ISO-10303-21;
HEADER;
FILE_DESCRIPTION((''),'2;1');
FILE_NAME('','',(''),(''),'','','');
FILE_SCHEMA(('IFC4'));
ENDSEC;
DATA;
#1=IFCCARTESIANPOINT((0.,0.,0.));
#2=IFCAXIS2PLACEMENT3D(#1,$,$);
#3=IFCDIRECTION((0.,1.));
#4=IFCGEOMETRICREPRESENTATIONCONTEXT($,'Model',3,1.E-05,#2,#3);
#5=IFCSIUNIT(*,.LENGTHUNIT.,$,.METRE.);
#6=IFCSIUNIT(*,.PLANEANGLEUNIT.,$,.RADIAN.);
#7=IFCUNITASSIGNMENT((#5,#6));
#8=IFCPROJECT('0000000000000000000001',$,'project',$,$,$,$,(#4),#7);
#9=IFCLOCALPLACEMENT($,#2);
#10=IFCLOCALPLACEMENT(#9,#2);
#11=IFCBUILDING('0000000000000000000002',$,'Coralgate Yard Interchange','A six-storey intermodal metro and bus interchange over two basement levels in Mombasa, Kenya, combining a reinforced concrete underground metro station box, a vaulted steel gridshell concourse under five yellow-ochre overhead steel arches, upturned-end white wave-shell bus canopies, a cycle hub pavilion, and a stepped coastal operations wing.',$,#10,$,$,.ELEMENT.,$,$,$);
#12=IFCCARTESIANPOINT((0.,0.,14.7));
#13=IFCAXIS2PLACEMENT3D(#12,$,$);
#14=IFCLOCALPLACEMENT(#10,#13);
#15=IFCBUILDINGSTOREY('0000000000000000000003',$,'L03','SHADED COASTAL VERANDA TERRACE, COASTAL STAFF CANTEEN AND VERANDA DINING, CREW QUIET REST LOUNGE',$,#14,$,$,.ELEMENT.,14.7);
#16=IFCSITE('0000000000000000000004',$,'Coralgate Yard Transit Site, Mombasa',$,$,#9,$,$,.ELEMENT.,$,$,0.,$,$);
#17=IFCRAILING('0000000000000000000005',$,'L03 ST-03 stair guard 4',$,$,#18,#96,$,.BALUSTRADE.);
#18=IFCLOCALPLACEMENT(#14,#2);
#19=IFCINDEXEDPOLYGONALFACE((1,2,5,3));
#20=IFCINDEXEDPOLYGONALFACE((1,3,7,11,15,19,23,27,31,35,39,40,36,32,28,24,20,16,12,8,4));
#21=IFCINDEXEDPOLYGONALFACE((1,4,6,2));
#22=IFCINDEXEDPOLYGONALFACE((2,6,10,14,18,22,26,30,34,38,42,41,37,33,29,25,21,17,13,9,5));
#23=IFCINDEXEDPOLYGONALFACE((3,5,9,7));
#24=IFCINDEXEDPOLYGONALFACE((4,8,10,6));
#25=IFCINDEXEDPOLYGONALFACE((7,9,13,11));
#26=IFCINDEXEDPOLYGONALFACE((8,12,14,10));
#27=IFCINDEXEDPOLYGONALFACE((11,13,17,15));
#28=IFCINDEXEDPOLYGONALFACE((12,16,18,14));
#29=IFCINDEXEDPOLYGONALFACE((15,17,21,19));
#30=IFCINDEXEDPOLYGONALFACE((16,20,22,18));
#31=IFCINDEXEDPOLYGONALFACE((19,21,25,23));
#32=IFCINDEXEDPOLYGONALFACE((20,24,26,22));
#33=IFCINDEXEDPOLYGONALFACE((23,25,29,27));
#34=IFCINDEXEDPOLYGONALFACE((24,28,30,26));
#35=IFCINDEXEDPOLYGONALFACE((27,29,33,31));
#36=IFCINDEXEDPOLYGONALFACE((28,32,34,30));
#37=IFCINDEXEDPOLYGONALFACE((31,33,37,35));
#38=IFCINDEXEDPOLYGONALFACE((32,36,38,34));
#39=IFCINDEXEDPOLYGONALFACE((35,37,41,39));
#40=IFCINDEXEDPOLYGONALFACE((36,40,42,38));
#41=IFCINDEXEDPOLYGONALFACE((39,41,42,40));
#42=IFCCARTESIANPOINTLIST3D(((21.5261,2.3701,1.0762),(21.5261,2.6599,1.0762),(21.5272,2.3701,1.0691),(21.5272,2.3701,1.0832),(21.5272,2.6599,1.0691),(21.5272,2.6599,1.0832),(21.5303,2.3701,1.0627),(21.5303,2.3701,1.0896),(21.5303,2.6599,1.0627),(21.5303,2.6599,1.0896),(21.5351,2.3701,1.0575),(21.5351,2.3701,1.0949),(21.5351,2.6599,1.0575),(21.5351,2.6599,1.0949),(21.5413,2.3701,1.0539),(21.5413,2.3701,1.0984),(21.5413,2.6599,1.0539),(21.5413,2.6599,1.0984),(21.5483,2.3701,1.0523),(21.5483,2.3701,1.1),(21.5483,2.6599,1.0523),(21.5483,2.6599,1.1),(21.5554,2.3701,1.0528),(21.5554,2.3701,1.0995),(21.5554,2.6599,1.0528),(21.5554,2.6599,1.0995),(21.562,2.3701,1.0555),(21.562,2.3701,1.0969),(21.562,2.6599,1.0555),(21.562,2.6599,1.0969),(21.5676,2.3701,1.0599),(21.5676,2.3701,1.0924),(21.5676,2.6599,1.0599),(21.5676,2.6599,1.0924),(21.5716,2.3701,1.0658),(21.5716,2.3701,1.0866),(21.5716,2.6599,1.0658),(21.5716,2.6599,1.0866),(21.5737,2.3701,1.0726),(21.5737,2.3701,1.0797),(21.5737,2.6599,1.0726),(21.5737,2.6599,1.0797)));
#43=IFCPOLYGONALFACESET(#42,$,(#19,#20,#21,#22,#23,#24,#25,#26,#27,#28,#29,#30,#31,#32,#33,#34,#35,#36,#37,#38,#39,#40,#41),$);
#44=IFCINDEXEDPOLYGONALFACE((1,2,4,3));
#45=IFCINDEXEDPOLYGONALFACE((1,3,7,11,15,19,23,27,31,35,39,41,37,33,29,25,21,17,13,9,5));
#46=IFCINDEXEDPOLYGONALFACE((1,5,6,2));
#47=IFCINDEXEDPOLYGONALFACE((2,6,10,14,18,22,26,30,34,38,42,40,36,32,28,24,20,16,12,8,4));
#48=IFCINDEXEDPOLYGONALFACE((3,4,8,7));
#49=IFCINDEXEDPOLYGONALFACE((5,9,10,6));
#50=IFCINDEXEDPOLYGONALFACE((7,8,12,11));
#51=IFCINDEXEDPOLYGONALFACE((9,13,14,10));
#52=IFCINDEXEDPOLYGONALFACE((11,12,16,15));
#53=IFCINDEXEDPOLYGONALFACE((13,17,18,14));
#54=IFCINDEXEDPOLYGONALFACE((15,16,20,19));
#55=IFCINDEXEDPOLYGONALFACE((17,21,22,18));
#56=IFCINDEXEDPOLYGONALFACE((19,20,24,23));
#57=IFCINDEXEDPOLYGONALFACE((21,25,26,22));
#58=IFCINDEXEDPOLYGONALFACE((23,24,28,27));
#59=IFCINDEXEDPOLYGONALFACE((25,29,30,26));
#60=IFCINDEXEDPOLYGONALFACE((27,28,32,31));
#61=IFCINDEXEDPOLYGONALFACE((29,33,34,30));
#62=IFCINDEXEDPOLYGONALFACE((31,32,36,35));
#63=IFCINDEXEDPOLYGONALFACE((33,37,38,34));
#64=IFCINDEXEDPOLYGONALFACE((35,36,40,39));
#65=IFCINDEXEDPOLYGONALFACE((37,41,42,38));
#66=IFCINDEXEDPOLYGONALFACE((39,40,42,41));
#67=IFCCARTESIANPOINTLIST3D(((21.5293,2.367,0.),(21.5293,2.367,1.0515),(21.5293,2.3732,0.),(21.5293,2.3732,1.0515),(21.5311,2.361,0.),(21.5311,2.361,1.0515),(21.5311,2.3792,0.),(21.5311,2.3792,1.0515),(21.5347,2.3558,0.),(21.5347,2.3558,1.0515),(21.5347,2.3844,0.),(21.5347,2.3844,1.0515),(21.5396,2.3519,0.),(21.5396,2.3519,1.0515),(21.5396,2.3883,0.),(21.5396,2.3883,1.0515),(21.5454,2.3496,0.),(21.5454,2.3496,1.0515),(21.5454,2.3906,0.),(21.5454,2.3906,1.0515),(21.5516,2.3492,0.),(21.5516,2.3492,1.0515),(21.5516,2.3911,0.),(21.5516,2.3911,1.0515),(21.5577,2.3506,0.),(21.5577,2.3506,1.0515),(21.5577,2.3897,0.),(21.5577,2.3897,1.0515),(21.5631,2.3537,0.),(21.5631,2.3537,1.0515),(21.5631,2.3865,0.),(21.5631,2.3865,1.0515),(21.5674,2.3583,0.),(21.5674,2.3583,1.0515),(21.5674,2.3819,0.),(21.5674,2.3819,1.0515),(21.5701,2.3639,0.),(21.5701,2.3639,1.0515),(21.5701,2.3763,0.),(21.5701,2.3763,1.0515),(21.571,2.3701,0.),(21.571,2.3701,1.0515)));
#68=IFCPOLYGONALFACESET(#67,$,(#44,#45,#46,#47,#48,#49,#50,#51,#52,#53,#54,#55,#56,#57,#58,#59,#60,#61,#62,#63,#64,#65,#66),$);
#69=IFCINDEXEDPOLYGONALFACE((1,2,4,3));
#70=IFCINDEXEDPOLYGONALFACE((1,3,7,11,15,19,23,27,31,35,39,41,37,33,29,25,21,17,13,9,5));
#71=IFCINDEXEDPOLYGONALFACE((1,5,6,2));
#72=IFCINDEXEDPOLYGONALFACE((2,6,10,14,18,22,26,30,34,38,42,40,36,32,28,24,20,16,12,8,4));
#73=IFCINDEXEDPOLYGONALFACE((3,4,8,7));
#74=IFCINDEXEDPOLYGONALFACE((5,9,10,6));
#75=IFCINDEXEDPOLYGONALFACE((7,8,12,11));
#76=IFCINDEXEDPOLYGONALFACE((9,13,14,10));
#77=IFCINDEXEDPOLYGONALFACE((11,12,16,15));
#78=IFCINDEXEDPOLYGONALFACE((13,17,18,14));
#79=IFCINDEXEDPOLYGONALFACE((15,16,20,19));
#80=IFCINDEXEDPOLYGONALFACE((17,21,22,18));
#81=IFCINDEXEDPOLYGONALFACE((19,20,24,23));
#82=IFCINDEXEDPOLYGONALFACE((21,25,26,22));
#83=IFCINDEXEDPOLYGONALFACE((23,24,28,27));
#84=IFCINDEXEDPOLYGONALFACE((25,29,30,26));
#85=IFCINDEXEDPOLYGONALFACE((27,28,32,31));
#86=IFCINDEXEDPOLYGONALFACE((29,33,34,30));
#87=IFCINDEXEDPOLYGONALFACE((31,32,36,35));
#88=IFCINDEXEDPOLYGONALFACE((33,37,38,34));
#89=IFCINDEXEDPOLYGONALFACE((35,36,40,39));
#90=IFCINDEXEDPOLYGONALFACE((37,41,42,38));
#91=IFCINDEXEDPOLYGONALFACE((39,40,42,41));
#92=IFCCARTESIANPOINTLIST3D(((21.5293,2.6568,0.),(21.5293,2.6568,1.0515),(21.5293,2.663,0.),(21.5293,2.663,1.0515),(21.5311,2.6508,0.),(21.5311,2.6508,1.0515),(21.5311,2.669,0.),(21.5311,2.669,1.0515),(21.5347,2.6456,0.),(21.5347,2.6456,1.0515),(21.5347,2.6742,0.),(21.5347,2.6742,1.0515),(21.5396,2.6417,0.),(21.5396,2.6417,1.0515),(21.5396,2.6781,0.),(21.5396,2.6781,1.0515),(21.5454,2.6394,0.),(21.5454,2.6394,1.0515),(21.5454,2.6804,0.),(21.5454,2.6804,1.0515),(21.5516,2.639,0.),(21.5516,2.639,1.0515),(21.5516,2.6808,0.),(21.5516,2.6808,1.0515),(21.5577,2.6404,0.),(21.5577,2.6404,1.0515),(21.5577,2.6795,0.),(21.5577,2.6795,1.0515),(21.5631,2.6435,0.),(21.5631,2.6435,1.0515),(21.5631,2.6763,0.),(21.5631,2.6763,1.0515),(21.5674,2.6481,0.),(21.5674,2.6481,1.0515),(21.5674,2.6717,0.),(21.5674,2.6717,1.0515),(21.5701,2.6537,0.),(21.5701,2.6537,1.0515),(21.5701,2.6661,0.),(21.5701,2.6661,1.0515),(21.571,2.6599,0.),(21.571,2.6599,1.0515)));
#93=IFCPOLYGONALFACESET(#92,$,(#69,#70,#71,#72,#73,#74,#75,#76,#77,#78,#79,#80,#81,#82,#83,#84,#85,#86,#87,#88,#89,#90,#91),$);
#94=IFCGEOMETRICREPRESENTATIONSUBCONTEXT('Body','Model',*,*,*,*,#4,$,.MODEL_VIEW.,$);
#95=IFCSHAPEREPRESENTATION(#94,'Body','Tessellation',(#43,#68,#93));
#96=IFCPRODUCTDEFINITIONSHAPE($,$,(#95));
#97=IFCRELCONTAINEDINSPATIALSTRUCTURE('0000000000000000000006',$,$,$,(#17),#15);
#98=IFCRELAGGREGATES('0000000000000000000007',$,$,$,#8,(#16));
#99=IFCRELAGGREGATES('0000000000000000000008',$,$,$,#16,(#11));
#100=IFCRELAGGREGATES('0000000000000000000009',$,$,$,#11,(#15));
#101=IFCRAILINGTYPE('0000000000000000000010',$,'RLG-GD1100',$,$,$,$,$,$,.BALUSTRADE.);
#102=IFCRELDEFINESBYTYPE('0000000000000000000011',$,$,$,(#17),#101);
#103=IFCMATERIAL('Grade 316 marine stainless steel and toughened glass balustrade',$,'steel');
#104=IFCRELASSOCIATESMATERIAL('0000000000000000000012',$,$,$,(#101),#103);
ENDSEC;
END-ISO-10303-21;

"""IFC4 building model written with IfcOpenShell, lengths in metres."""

from ifc_helpers import new_model, si_unit, direction, frame, origin, origin_2d, place, context, subcontext, project, spatial, circle, extrude, material, type_object, element, save


model = new_model("IFC4")

# Units and contexts
model_context = context("Model", 3, precision=1e-05, world=origin(), true_north=direction((0.0, 1.0)))
body_context = subcontext(model_context, "Body", "Model", "MODEL_VIEW")
ifc_project = project(units=[si_unit("LENGTHUNIT", "METRE"), si_unit("PLANEANGLEUNIT", "RADIAN")], contexts=[model_context])

# Site, building, storey
site_placement = place(None, origin())
site = spatial("IfcSite", under=ifc_project, at=site_placement, Name="Coralgate Yard Transit Site, Mombasa", CompositionType="ELEMENT", RefElevation=0.0)
building_placement = place(site_placement, origin())
building = spatial("IfcBuilding", under=site, at=building_placement, Name="Coralgate Yard Interchange", Description="A six-storey intermodal metro and bus interchange over two basement levels in Mombasa, Kenya, combining a reinforced concrete underground metro station box, a vaulted steel gridshell concourse under five yellow-ochre overhead steel arches, upturned-end white wave-shell bus canopies, a cycle hub pavilion, and a stepped coastal operations wing.", CompositionType="ELEMENT")
storey_placement = place(building_placement, frame((0.0, 0.0, 14.7)))
storey = spatial("IfcBuildingStorey", under=building, at=storey_placement, Name="L03", Description="SHADED COASTAL VERANDA TERRACE, COASTAL STAFF CANTEEN AND VERANDA DINING, CREW QUIET REST LOUNGE", CompositionType="ELEMENT", Elevation=14.7)

# Railing
ifc_material_1 = material(Name="Grade 316 marine stainless steel and toughened glass balustrade", Category="steel")
railing_type_1 = type_object("IfcRailingType", Name="RLG-GD1100", PredefinedType="BALUSTRADE", material=ifc_material_1)
railing_1_placement = place(storey_placement, frame((21.55, 2.3701, 0.0)))
element("IfcRailing", 1, at=railing_1_placement, inside=storey, type_object=railing_type_1, Name="L03 ST-03 stair guard 4", PredefinedType="BALUSTRADE", context=body_context, shape_type="SweptSolid", body=[
    extrude(circle(Radius=0.0239, at=origin_2d()), frame((0.0, 0.0, 1.0762), z_axis=(0.0, 1.0, 0.0), x_axis=(-1.0, 0.0, 0.0)), (0.0, 0.0, 1.0), 0.2898),
    extrude(circle(Radius=0.021, at=origin_2d()), origin(), (0.0, 0.0, 1.0), 1.0515),
    extrude(circle(Radius=0.021, at=origin_2d()), frame((0.0, 0.2898, 0.0)), (0.0, 0.0, 1.0), 1.0515),
])

save(model, "model.ifc")
